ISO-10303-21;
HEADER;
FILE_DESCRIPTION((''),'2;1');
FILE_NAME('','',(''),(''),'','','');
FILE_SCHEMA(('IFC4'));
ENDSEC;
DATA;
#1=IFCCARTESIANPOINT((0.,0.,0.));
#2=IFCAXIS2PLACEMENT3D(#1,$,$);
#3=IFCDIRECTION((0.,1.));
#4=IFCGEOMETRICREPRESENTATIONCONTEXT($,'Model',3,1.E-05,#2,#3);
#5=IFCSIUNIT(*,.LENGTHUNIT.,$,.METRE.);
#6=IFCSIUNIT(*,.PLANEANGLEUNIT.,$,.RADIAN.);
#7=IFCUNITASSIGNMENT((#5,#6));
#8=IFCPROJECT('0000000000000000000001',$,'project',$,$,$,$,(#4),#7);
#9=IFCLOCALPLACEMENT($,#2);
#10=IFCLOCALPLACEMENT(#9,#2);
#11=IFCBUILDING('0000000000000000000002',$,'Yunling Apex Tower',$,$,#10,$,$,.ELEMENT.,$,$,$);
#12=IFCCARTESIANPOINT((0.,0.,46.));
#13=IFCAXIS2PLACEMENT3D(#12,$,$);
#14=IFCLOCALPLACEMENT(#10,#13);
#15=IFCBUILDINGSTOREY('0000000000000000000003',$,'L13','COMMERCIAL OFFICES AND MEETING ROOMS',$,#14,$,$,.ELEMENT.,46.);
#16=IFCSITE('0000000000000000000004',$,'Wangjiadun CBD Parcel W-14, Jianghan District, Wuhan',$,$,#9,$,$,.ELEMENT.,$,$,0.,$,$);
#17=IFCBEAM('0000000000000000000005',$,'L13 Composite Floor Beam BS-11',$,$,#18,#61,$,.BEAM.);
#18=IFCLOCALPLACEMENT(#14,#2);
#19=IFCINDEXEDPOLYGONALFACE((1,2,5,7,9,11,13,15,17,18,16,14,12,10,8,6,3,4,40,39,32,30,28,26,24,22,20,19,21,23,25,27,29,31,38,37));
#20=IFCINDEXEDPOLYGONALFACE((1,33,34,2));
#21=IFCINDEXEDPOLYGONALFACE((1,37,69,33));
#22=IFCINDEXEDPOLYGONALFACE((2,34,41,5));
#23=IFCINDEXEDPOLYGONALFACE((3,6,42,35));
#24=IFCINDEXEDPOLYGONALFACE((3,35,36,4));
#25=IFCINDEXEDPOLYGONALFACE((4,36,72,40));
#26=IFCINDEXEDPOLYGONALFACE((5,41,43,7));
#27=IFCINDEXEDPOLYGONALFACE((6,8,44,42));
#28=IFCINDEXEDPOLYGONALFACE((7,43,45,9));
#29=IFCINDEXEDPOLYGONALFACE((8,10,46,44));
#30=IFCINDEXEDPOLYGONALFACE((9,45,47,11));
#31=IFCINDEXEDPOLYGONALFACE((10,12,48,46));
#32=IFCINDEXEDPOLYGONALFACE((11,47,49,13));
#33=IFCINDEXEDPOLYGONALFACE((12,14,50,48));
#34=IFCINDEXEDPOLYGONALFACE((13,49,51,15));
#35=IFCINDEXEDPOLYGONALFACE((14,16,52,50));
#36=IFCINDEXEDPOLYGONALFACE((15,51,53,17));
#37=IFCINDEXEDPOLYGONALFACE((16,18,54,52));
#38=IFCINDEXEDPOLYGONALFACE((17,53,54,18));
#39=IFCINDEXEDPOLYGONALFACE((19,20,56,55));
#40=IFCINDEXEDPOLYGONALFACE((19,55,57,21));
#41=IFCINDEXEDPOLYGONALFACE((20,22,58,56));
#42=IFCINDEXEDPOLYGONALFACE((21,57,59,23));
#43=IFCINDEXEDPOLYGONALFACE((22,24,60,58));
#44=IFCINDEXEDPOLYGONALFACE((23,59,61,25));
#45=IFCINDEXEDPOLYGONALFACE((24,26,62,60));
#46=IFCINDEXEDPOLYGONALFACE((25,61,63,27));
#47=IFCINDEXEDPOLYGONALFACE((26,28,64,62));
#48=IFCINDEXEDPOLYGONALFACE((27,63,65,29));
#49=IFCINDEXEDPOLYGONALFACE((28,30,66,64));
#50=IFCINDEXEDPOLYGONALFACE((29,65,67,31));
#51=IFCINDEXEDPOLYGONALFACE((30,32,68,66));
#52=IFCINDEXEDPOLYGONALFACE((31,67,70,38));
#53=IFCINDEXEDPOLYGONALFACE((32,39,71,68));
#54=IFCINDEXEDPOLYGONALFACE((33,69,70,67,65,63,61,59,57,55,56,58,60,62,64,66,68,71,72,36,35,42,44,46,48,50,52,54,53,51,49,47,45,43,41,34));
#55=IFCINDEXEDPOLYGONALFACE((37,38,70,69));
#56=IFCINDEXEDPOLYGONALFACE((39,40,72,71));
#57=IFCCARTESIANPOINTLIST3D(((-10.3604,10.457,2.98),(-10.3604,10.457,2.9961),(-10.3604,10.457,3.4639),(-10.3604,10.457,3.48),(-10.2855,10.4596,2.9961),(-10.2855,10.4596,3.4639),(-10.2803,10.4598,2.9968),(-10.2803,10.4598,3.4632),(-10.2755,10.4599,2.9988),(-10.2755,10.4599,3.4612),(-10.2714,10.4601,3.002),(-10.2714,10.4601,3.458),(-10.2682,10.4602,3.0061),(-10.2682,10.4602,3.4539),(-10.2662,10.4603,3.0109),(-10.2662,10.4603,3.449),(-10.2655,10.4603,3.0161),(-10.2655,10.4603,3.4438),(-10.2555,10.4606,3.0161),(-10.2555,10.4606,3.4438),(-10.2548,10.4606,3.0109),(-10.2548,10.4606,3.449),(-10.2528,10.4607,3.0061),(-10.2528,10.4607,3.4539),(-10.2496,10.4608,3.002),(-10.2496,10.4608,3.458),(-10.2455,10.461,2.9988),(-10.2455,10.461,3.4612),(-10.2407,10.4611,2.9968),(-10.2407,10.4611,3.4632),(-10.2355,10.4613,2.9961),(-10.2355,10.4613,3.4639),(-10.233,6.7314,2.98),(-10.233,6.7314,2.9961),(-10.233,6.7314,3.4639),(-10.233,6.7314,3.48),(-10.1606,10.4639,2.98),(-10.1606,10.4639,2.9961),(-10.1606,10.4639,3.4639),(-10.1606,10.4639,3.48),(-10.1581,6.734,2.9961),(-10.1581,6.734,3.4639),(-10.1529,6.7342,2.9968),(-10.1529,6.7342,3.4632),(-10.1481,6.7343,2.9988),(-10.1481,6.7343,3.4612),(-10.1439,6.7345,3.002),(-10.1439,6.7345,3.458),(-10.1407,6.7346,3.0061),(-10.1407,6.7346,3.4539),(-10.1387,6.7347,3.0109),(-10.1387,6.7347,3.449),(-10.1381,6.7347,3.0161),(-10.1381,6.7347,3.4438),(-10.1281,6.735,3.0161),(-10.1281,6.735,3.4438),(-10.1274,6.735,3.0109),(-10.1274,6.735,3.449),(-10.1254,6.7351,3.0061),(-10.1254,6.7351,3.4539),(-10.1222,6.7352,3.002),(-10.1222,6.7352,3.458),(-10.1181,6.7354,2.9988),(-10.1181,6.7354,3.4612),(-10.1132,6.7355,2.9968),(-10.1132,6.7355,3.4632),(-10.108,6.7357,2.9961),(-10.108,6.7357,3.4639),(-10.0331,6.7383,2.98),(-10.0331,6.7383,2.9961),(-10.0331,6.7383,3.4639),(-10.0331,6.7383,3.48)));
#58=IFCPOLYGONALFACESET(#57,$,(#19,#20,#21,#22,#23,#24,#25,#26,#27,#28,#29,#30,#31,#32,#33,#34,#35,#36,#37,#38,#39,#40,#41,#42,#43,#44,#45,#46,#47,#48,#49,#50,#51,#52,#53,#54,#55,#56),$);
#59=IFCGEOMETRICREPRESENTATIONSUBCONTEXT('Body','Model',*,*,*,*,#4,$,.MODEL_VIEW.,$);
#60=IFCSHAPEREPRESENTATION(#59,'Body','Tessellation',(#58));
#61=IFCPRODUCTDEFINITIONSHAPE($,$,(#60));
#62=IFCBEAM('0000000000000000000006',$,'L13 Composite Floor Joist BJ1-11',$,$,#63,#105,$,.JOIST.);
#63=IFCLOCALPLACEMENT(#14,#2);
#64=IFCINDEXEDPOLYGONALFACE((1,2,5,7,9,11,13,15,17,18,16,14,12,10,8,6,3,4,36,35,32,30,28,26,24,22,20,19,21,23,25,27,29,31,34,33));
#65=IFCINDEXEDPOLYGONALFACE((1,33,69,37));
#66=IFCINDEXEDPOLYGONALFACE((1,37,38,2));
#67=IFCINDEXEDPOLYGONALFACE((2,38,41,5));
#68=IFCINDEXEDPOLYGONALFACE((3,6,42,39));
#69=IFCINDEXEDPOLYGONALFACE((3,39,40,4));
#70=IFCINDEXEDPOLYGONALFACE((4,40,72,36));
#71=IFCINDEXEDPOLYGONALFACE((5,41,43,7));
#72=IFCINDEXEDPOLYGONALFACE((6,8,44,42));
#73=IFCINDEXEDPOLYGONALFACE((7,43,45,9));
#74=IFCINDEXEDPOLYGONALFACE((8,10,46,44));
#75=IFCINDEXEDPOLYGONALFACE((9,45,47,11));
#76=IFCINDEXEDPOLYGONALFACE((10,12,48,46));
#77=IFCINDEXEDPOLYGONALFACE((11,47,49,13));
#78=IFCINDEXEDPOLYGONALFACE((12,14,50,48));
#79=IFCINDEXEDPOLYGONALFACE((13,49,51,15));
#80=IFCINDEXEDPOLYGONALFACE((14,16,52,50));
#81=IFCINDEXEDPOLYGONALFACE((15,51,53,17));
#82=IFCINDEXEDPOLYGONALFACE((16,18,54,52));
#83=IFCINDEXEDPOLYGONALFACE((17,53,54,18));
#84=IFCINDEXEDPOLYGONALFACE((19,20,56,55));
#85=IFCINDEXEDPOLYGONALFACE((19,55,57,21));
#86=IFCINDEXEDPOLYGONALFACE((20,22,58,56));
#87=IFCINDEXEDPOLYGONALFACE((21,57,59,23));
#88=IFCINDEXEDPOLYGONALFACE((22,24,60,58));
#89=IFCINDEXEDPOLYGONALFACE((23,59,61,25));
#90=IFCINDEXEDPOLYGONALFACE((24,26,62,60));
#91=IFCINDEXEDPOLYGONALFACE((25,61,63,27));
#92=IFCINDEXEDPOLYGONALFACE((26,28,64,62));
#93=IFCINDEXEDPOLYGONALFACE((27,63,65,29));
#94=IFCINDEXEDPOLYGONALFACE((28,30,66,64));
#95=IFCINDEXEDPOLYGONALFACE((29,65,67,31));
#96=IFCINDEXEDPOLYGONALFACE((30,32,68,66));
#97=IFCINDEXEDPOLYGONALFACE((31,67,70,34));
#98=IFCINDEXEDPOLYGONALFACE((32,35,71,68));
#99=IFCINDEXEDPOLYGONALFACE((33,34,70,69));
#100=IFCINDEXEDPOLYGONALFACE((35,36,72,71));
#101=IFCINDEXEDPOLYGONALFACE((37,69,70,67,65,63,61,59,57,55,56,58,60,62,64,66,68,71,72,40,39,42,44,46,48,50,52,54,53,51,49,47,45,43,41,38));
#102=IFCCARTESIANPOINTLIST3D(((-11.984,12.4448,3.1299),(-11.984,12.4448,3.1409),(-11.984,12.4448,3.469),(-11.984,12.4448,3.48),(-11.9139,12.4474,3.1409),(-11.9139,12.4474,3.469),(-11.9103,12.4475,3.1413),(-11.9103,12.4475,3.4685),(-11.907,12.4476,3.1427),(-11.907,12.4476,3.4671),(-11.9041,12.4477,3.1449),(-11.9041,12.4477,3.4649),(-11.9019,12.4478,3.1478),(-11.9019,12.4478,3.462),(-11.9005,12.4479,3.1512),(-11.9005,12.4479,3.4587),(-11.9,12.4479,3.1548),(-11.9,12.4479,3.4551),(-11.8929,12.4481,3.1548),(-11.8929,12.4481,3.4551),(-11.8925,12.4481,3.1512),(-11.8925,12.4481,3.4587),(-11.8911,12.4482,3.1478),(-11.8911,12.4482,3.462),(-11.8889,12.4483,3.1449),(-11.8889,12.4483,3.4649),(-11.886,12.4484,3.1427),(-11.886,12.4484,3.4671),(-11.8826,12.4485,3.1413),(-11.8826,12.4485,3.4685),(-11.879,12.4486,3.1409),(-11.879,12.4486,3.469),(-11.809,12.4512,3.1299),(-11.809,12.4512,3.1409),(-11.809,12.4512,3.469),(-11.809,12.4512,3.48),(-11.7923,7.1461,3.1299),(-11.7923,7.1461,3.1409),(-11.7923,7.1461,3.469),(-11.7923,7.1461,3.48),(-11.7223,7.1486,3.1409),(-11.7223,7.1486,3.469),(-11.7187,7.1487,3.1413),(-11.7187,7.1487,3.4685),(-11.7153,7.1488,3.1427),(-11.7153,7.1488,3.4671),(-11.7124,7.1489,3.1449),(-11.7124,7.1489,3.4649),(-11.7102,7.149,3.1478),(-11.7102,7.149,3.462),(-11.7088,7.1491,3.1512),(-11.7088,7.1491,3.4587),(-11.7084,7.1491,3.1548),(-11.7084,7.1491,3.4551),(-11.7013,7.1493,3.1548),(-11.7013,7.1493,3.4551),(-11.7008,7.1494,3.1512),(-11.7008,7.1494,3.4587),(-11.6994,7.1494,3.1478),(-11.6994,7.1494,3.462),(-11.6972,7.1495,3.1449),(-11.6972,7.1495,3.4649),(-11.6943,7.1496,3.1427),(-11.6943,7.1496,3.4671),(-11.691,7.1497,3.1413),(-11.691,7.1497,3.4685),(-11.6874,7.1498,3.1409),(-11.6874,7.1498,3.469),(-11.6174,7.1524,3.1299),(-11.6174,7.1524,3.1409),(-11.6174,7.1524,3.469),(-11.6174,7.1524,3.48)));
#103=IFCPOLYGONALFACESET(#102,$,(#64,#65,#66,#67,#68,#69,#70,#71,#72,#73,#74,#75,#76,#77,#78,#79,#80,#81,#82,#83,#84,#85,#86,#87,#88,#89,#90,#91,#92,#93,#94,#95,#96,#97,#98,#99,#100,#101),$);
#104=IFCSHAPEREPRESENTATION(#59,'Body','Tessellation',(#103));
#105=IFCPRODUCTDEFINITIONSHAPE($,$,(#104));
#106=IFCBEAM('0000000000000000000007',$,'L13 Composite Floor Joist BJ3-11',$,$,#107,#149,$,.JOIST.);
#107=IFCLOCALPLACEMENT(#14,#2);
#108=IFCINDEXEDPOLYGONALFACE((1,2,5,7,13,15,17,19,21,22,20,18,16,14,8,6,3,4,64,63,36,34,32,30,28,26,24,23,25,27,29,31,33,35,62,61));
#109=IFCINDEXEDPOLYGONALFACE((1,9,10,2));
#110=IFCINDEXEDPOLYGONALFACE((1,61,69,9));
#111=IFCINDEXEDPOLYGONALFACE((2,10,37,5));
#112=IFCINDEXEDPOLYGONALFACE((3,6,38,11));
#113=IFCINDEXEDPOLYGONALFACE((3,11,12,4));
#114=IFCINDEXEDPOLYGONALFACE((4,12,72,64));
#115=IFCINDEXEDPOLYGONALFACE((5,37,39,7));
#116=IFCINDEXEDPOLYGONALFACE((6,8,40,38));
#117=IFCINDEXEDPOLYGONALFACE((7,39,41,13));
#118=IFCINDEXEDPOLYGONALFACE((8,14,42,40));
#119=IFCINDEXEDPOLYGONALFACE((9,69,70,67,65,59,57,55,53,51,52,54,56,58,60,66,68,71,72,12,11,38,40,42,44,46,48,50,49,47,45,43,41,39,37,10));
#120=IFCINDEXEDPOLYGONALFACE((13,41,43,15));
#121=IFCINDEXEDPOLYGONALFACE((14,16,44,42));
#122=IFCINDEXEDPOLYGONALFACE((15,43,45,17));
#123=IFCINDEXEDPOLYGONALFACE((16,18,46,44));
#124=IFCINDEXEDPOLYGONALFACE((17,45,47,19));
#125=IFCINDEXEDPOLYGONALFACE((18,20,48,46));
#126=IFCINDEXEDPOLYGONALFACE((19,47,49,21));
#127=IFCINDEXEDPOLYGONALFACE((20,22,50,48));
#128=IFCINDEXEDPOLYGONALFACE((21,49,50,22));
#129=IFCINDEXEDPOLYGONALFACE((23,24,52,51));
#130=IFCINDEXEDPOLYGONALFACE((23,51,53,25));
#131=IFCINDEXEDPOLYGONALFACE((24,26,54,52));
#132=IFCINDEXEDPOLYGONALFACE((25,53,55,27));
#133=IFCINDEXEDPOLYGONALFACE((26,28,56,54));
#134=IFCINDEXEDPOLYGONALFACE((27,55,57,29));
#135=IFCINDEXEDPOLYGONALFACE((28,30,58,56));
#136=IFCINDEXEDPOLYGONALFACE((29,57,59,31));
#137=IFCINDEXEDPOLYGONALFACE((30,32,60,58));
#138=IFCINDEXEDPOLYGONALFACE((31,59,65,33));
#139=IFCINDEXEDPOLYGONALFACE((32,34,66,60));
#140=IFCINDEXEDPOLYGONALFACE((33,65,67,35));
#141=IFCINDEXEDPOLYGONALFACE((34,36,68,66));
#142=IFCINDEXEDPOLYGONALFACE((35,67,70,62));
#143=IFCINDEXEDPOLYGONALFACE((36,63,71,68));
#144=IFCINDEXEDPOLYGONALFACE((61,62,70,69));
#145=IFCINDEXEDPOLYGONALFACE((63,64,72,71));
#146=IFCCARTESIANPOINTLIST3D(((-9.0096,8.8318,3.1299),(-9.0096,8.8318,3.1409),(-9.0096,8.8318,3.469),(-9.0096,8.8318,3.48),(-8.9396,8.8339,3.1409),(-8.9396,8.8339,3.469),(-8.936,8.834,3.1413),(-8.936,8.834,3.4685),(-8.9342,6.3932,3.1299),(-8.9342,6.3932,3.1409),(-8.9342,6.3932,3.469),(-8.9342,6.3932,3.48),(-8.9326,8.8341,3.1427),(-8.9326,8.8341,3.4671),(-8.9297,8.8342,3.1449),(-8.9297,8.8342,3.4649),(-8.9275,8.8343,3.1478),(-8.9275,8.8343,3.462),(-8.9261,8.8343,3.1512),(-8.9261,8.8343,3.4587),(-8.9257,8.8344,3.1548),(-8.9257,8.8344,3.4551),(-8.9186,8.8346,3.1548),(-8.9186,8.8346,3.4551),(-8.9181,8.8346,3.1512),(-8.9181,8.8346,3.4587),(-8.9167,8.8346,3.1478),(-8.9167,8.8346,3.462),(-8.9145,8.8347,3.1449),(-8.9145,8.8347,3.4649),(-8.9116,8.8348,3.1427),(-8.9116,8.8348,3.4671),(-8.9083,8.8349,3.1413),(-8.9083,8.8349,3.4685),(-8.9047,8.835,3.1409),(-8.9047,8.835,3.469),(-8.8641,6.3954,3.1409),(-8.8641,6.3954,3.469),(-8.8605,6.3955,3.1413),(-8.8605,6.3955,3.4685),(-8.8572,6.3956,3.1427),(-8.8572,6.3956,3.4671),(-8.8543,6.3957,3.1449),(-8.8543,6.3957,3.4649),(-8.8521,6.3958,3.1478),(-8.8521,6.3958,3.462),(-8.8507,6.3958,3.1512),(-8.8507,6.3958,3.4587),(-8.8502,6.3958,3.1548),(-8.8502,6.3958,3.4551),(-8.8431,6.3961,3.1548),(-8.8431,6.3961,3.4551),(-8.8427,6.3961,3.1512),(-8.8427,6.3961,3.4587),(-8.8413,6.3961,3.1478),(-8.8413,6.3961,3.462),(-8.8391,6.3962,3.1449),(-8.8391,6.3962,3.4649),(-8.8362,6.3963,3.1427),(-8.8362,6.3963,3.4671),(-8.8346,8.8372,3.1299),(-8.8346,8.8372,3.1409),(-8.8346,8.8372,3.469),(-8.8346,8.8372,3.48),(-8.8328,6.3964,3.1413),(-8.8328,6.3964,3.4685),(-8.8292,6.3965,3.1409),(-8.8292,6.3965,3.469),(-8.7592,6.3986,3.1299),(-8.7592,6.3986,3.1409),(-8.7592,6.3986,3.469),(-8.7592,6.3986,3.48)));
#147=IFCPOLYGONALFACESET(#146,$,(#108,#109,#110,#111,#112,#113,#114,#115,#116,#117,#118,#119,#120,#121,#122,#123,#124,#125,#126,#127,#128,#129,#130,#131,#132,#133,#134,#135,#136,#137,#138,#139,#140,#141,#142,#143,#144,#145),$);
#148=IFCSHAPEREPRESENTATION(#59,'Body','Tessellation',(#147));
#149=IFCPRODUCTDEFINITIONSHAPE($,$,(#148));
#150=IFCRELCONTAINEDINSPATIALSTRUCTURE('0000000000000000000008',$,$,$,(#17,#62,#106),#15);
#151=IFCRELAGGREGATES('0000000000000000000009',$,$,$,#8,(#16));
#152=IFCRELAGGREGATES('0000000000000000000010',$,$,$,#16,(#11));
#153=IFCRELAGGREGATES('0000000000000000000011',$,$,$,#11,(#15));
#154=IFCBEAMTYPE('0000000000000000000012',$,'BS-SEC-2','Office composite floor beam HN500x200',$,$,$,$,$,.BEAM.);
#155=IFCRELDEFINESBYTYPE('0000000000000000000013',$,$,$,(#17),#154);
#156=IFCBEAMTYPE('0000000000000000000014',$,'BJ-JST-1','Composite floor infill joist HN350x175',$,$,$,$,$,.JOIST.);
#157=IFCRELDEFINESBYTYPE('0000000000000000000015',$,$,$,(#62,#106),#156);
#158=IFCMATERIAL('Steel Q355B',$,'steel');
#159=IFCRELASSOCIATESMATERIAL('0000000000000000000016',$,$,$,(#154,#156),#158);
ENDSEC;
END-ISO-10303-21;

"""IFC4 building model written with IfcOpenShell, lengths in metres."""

from ifc_helpers import new_model, si_unit, direction, frame, origin, origin_2d, place, context, subcontext, project, spatial, i_section, extrude, source, transform, mapped, material, material_profile, profile_set, type_object, element, save


model = new_model("IFC4")

# Units and contexts
model_context = context("Model", 3, precision=1e-05, world=origin(), true_north=direction((0.0, 1.0)))
body_context = subcontext(model_context, "Body", "Model", "MODEL_VIEW")
ifc_project = project(units=[si_unit("LENGTHUNIT", "METRE"), si_unit("PLANEANGLEUNIT", "RADIAN")], contexts=[model_context])

# Site, building, storey
site_placement = place(None, origin())
site = spatial("IfcSite", under=ifc_project, at=site_placement, Name="Wangjiadun CBD Parcel W-14, Jianghan District, Wuhan", CompositionType="ELEMENT", RefElevation=0.0)
building_placement = place(site_placement, origin())
building = spatial("IfcBuilding", under=site, at=building_placement, Name="Yunling Apex Tower", CompositionType="ELEMENT")
storey_placement = place(building_placement, frame((0.0, 0.0, 46.0)))
storey = spatial("IfcBuildingStorey", under=building, at=storey_placement, Name="L13", Description="COMMERCIAL OFFICES AND MEETING ROOMS", CompositionType="ELEMENT", Elevation=46.0)

# Beams
ifc_material_1 = material(Name="Steel Q355B", Category="steel")
ifc_material_profile_1 = material_profile(ifc_material_1, i_section(OverallWidth=0.2, OverallDepth=0.5, WebThickness=0.01, FlangeThickness=0.0161, FilletRadius=0.02, at=origin_2d()))
ifc_profile_set_1 = profile_set([ifc_material_profile_1], Name="Steel Q355B")
beam_type_1 = type_object("IfcBeamType", Name="BS-SEC-2", Description="Office composite floor beam HN500x200", PredefinedType="BEAM", material=ifc_profile_set_1)
ifc_material_profile_2 = material_profile(ifc_material_1, i_section(OverallWidth=0.175, OverallDepth=0.3501, WebThickness=0.0071, FlangeThickness=0.011, FilletRadius=0.0139, at=origin_2d()))
ifc_profile_set_2 = profile_set([ifc_material_profile_2], Name="Steel Q355B")
beam_type_2 = type_object("IfcBeamType", Name="BJ-JST-1", Description="Composite floor infill joist HN350x175", PredefinedType="JOIST", material=ifc_profile_set_2)
shared_shape_1 = source(origin(), body_context, "Body", "SweptSolid", [
    extrude(i_section(OverallWidth=0.2, OverallDepth=0.5, WebThickness=0.01, FlangeThickness=0.0161, FilletRadius=0.02, at=origin_2d()), origin(), (0.0, 0.0, 1.0), 3.7278),
])
beam_1_placement = place(storey_placement, frame((-10.2605, 10.4604, 3.23), z_axis=(0.034187, -0.999415, 0.0), x_axis=(0.999415, 0.034187, 0.0)))
element("IfcBeam", 1, at=beam_1_placement, inside=storey, type_object=beam_type_1, Name="L13 Composite Floor Beam BS-11", PredefinedType="BEAM", context=body_context, shape_type="MappedRepresentation", body=[
    mapped(shared_shape_1, transform((0.0, 0.0, 0.0), scale=1.0)),
])
shared_shape_2 = source(origin(), body_context, "Body", "SweptSolid", [
    extrude(i_section(OverallWidth=0.175, OverallDepth=0.3501, WebThickness=0.0071, FlangeThickness=0.011, FilletRadius=0.0139, at=origin_2d()), origin(), (0.0, 0.0, 1.0), 5.3022),
])
beam_2_placement = place(storey_placement, frame((-11.8965, 12.448, 3.3049), z_axis=(0.036145, -0.999347, 0.0), x_axis=(0.999347, 0.036145, 0.0)))
element("IfcBeam", 2, at=beam_2_placement, inside=storey, type_object=beam_type_2, Name="L13 Composite Floor Joist BJ1-11", PredefinedType="JOIST", context=body_context, shape_type="MappedRepresentation", body=[
    mapped(shared_shape_2, transform((0.0, 0.0, 0.0), scale=1.0)),
])
shared_shape_3 = source(origin(), body_context, "Body", "SweptSolid", [
    extrude(i_section(OverallWidth=0.175, OverallDepth=0.3501, WebThickness=0.0071, FlangeThickness=0.011, FilletRadius=0.0139, at=origin_2d()), origin(), (0.0, 0.0, 1.0), 2.4397),
])
beam_3_placement = place(storey_placement, frame((-8.9221, 8.8345, 3.3049), z_axis=(0.030922, -0.999522, 0.0), x_axis=(0.999522, 0.030922, 0.0)))
element("IfcBeam", 3, at=beam_3_placement, inside=storey, type_object=beam_type_2, Name="L13 Composite Floor Joist BJ3-11", PredefinedType="JOIST", context=body_context, shape_type="MappedRepresentation", body=[
    mapped(shared_shape_3, transform((0.0, 0.0, 0.0), scale=1.0)),
])

save(model, "model.ifc")
